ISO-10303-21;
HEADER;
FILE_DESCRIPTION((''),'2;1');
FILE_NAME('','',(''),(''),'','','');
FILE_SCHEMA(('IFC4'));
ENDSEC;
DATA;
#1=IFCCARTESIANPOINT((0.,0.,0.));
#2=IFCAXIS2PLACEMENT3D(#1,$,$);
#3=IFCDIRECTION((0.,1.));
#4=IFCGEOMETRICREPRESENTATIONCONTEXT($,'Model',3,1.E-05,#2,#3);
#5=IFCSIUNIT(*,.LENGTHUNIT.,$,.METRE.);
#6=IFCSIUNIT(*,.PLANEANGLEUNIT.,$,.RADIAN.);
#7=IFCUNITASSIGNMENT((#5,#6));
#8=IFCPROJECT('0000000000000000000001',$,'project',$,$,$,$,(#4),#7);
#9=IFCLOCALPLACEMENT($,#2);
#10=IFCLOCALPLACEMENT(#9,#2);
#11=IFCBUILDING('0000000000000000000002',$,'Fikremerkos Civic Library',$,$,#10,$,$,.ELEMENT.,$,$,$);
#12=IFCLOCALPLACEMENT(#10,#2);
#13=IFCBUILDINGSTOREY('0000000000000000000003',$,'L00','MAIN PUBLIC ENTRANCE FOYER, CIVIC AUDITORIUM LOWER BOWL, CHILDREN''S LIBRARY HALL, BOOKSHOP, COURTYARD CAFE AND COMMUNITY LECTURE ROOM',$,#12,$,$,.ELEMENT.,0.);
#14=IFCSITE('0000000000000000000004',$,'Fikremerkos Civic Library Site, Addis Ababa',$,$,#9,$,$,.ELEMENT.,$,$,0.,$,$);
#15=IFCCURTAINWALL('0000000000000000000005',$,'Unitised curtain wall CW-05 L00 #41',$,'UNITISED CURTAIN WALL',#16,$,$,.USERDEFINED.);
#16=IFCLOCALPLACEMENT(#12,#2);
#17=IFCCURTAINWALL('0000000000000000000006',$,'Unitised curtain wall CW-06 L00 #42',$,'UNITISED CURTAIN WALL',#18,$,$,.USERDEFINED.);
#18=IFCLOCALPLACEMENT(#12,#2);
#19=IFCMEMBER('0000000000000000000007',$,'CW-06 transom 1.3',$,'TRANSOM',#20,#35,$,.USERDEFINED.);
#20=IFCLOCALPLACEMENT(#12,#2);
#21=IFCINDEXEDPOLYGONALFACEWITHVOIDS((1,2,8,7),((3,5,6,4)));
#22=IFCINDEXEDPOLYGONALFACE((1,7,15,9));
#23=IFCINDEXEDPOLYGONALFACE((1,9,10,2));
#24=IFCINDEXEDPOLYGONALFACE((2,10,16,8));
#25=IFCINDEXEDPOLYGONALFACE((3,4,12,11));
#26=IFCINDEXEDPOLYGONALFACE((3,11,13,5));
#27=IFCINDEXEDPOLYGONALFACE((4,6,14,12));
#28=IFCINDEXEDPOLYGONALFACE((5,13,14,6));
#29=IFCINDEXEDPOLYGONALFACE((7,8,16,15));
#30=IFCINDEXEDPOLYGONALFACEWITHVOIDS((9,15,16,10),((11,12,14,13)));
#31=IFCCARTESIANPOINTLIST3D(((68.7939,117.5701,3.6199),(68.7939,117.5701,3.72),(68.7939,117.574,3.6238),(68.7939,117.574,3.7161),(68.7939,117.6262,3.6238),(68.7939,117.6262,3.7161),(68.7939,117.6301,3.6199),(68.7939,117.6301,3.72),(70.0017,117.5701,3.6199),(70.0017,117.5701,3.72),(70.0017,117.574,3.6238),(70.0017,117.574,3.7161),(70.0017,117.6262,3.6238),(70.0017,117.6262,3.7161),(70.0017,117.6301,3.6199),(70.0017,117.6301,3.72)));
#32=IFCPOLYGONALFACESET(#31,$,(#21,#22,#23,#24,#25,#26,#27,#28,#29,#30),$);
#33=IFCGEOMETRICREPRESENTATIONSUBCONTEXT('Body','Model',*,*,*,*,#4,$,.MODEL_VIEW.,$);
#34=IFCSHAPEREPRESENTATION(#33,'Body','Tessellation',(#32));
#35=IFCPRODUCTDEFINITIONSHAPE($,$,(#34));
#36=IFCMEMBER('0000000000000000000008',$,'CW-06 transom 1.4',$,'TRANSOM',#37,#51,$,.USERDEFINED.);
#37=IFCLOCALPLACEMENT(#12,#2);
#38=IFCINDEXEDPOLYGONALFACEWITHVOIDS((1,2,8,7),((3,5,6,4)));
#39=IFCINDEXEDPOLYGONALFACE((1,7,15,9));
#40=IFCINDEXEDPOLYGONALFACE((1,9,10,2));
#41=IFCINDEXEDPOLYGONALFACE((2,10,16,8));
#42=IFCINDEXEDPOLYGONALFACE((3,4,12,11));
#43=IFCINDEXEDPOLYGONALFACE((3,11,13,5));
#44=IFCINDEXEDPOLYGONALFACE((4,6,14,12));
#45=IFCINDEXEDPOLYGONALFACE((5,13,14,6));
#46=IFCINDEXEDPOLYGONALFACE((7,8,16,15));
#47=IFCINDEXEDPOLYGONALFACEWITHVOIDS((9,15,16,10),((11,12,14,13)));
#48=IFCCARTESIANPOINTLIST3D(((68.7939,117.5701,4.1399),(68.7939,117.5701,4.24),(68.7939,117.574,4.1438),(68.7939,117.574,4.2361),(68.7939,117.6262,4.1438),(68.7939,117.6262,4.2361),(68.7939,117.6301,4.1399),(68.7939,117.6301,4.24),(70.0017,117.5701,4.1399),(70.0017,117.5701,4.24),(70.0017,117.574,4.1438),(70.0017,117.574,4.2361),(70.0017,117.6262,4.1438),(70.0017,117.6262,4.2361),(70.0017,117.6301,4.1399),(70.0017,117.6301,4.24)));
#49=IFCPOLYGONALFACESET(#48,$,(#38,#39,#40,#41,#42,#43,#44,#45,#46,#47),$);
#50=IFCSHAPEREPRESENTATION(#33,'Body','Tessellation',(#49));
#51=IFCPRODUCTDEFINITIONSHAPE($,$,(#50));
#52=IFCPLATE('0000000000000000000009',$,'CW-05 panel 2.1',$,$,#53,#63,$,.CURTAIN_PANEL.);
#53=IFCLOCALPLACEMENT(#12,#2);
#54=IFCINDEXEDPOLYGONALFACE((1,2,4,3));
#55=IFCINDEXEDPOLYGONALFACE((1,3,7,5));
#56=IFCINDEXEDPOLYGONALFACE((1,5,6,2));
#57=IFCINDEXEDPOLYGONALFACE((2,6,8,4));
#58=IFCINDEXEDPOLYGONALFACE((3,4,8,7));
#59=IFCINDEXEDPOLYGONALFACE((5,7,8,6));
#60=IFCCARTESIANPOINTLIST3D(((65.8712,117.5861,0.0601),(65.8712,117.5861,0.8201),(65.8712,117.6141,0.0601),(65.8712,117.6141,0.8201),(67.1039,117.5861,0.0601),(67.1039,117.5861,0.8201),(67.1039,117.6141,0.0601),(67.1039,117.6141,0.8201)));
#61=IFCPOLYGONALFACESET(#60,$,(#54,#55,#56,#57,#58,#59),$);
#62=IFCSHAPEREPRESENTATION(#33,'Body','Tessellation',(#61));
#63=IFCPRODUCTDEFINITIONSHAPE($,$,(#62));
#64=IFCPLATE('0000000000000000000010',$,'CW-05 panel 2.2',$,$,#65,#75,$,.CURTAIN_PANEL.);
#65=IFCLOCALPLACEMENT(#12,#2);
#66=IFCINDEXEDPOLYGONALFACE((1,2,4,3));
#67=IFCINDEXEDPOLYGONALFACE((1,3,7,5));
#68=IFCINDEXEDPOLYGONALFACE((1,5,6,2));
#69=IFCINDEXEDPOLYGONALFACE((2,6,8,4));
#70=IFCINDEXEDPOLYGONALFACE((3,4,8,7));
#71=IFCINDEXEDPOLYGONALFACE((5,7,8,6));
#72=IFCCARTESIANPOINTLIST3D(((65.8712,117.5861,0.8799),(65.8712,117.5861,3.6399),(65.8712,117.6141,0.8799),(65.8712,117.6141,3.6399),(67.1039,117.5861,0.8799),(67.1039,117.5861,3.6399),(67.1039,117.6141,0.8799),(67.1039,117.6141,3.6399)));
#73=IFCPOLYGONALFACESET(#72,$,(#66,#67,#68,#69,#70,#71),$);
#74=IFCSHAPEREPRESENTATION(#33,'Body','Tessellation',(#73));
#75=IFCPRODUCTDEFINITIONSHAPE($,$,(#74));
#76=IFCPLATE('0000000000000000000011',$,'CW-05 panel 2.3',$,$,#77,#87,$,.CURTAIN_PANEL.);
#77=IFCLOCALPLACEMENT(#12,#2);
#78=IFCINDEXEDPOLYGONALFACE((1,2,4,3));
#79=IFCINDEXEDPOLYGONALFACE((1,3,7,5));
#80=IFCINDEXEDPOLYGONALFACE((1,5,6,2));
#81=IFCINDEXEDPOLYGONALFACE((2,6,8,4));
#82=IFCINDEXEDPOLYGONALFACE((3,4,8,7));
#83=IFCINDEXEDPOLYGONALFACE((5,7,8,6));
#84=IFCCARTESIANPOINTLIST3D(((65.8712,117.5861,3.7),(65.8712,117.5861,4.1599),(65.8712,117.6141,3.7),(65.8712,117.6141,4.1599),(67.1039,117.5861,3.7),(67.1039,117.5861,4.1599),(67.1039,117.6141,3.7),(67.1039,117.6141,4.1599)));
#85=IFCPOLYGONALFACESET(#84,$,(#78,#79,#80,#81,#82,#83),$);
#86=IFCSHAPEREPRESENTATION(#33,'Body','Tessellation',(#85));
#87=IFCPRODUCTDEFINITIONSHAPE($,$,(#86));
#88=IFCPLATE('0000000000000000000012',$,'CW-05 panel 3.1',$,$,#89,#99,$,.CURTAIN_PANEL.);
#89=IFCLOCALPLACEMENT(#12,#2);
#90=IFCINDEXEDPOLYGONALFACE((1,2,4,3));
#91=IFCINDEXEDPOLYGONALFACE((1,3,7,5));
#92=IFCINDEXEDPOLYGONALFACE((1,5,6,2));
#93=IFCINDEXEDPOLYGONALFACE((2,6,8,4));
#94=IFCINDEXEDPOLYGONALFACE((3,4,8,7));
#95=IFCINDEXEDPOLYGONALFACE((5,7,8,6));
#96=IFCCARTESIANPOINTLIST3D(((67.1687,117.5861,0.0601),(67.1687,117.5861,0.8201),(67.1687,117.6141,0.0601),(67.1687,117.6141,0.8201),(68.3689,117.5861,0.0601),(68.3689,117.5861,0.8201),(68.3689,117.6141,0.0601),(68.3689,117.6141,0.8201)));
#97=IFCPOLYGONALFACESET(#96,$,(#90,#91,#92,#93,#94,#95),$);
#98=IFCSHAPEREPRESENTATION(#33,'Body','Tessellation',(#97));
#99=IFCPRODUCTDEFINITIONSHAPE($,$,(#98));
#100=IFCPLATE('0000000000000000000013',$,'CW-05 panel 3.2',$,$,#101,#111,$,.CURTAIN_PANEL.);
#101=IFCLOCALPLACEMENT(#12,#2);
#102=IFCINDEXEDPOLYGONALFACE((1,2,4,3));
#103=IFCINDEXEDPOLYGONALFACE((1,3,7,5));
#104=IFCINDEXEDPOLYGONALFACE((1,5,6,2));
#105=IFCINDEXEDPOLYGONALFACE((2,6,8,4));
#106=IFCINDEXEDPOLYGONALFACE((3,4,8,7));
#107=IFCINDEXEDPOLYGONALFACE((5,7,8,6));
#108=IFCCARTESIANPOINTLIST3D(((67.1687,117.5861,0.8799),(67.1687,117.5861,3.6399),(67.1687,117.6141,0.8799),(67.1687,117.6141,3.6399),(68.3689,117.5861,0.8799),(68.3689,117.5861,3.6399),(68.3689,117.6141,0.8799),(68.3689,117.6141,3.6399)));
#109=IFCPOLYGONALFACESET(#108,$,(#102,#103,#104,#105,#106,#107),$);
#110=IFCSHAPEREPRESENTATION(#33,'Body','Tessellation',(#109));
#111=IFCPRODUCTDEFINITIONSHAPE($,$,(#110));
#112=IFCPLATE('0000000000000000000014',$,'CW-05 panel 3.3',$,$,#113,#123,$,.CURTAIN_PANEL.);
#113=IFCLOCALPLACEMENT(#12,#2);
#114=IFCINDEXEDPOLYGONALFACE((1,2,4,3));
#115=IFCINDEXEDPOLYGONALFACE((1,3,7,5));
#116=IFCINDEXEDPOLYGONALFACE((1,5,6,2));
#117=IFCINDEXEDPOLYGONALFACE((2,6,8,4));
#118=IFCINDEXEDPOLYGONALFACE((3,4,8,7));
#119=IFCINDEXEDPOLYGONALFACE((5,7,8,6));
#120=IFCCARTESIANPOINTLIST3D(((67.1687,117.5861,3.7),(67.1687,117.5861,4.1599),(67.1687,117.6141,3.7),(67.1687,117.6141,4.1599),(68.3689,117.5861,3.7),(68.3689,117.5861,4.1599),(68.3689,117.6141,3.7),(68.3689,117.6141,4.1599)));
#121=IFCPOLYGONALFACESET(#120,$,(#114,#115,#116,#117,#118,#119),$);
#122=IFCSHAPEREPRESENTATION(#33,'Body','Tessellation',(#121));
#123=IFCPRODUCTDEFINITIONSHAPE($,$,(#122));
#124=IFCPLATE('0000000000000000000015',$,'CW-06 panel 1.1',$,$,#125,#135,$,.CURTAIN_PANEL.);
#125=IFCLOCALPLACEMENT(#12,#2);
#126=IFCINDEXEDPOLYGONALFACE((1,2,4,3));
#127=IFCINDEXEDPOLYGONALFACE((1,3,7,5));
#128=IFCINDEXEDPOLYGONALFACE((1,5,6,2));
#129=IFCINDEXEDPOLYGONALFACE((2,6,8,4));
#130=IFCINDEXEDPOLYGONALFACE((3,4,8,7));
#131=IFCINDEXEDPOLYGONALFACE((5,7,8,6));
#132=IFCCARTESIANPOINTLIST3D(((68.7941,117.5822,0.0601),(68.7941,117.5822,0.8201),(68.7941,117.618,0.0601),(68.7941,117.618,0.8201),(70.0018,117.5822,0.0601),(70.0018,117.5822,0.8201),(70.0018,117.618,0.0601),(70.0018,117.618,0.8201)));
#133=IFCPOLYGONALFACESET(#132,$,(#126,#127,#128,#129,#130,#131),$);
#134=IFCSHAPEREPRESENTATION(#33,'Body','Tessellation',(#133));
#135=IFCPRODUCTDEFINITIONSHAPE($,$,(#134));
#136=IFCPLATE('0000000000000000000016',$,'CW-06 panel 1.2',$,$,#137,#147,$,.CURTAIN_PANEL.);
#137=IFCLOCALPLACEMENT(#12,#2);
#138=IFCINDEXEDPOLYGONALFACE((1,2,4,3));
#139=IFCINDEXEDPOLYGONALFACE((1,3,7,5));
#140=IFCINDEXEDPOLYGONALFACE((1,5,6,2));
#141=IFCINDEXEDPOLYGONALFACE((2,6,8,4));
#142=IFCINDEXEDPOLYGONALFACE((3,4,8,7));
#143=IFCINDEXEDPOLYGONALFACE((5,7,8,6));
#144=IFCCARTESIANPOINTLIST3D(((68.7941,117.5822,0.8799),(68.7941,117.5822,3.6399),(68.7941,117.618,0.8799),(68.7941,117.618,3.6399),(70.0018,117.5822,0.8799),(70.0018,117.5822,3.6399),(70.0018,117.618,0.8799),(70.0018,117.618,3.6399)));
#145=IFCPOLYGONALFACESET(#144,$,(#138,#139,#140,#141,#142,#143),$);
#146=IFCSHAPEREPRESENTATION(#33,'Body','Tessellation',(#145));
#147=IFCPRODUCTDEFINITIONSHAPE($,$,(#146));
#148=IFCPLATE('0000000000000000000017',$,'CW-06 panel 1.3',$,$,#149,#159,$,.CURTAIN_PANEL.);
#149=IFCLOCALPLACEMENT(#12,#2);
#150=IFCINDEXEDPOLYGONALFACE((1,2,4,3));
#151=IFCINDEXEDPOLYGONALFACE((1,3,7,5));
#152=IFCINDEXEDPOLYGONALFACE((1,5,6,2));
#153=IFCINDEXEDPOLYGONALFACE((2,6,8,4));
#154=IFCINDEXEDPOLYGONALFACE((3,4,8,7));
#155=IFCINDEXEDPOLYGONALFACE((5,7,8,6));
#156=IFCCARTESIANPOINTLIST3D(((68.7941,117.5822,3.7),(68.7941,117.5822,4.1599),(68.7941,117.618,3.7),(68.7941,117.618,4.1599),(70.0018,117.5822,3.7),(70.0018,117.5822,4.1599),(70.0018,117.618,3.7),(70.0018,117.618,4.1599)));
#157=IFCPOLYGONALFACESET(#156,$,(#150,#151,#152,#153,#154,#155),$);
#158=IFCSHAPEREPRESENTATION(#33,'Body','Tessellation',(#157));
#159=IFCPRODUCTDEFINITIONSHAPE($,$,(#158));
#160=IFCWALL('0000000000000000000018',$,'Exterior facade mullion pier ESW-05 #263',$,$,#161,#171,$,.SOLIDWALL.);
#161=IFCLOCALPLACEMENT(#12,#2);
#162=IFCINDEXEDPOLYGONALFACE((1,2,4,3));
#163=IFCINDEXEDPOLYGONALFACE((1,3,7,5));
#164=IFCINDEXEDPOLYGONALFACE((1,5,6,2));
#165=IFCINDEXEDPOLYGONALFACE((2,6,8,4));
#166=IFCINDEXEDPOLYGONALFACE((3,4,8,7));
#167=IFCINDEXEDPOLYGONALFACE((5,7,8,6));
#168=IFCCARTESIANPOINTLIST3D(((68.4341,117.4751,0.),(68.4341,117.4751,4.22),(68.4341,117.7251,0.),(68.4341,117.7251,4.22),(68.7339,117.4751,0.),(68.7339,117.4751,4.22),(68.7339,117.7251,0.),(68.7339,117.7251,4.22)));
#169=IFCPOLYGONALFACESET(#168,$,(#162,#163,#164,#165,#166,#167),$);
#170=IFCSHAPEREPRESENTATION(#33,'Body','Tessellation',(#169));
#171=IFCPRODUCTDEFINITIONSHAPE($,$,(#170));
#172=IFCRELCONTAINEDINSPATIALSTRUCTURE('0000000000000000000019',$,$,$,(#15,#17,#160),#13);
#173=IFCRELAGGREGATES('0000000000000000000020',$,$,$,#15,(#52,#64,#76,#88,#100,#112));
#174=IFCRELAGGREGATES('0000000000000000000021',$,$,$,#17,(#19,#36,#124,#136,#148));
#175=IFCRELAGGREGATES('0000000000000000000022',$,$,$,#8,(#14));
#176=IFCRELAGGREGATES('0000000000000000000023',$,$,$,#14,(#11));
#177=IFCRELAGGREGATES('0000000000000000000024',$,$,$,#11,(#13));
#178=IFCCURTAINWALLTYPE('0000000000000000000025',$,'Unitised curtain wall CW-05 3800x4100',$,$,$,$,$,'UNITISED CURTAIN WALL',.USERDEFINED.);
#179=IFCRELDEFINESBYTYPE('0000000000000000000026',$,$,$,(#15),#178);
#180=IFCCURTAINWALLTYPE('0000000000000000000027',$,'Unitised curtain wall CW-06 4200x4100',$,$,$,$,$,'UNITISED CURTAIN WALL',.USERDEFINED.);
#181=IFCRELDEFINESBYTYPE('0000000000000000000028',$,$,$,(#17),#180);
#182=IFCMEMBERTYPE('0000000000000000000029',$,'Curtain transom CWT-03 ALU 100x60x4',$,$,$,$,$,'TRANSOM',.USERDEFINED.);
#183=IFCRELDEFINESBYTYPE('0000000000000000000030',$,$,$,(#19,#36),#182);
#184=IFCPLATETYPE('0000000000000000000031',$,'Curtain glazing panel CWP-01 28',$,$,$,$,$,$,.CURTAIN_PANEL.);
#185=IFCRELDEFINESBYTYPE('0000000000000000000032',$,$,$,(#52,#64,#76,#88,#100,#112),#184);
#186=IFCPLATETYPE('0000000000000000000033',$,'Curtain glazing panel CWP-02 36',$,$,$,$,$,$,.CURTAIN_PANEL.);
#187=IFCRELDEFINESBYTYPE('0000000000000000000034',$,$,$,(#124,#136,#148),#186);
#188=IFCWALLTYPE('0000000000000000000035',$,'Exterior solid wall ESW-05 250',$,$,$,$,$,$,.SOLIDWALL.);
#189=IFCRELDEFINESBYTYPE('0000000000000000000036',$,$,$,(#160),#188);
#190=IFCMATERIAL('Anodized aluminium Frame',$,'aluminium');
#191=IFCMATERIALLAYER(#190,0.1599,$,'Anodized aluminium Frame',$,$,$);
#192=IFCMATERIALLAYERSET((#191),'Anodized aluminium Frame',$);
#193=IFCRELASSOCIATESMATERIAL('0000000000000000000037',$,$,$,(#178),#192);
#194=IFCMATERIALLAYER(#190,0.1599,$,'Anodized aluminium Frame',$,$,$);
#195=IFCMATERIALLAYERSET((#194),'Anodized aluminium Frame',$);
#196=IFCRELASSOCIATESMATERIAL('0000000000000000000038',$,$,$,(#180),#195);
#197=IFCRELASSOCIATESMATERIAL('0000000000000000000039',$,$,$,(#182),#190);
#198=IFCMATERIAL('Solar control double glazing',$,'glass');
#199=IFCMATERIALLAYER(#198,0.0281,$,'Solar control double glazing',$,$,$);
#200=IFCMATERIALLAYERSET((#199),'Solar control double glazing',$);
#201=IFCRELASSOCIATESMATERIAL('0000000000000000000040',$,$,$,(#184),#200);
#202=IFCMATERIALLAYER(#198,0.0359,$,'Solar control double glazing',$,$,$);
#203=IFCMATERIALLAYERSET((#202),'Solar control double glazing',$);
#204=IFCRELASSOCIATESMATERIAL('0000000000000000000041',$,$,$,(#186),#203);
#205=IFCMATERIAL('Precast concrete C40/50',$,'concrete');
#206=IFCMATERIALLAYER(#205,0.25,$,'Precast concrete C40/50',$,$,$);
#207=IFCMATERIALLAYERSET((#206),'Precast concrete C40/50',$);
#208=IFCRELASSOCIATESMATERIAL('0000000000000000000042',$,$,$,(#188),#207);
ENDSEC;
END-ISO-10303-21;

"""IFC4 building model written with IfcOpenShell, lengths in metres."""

from ifc_helpers import new_model, si_unit, direction, frame, frame_2d, origin, origin_2d, place, context, subcontext, project, spatial, rectangle, hollow_rectangle, extrude, material, layer, layer_set, material_profile, profile_set, type_object, element, aggregate, save


model = new_model("IFC4")

# Units and contexts
model_context = context("Model", 3, precision=1e-05, world=origin(), true_north=direction((0.0, 1.0)))
body_context = subcontext(model_context, "Body", "Model", "MODEL_VIEW")
ifc_project = project(units=[si_unit("LENGTHUNIT", "METRE"), si_unit("PLANEANGLEUNIT", "RADIAN")], contexts=[model_context])

# Site, building, storey
site_placement = place(None, origin())
site = spatial("IfcSite", under=ifc_project, at=site_placement, Name="Fikremerkos Civic Library Site, Addis Ababa", CompositionType="ELEMENT", RefElevation=0.0)
building_placement = place(site_placement, origin())
building = spatial("IfcBuilding", under=site, at=building_placement, Name="Fikremerkos Civic Library", CompositionType="ELEMENT")
storey_placement = place(building_placement, origin())
storey = spatial("IfcBuildingStorey", under=building, at=storey_placement, Name="L00", Description="MAIN PUBLIC ENTRANCE FOYER, CIVIC AUDITORIUM LOWER BOWL, CHILDREN'S LIBRARY HALL, BOOKSHOP, COURTYARD CAFE AND COMMUNITY LECTURE ROOM", CompositionType="ELEMENT", Elevation=0.0)

# Curtain wall
ifc_material_1 = material(Name="Anodized aluminium Frame", Category="aluminium")
ifc_layer_1 = layer(ifc_material_1, 0.1599, Name="Anodized aluminium Frame")
ifc_layer_set_1 = layer_set([ifc_layer_1], Name="Anodized aluminium Frame")
curtain_wall_type_1 = type_object("IfcCurtainWallType", Name="Unitised curtain wall CW-05 3800x4100", ElementType="UNITISED CURTAIN WALL", PredefinedType="USERDEFINED", material=ifc_layer_set_1)
curtain_wall_1_placement = place(storey_placement, origin())
curtain_wall_1 = element("IfcCurtainWall", 1, at=curtain_wall_1_placement, inside=storey, type_object=curtain_wall_type_1, Name="Unitised curtain wall CW-05 L00 #41", ObjectType="UNITISED CURTAIN WALL", PredefinedType="USERDEFINED")

# Curtain wall
ifc_layer_2 = layer(ifc_material_1, 0.1599, Name="Anodized aluminium Frame")
ifc_layer_set_2 = layer_set([ifc_layer_2], Name="Anodized aluminium Frame")
curtain_wall_type_2 = type_object("IfcCurtainWallType", Name="Unitised curtain wall CW-06 4200x4100", ElementType="UNITISED CURTAIN WALL", PredefinedType="USERDEFINED", material=ifc_layer_set_2)
curtain_wall_2_placement = place(storey_placement, origin())
curtain_wall_2 = element("IfcCurtainWall", 2, at=curtain_wall_2_placement, inside=storey, type_object=curtain_wall_type_2, Name="Unitised curtain wall CW-06 L00 #42", ObjectType="UNITISED CURTAIN WALL", PredefinedType="USERDEFINED")

# Members
ifc_material_profile_1 = material_profile(ifc_material_1, hollow_rectangle(XDim=0.0601, YDim=0.1001, WallThickness=0.0039, at=origin_2d()), Name="ALU 100x60x4")
ifc_profile_set_1 = profile_set([ifc_material_profile_1], Name="Anodized aluminium Frame")
member_type_1 = type_object("IfcMemberType", Name="Curtain transom CWT-03 ALU 100x60x4", ElementType="TRANSOM", PredefinedType="USERDEFINED", material=ifc_profile_set_1)
member_1_placement = place(storey_placement, frame((68.7939, 117.6001, 3.6699), z_axis=(1.0, 0.0, 0.0), x_axis=(0.0, 1.0, 0.0)))
member_1 = element("IfcMember", 3, at=member_1_placement, type_object=member_type_1, Name="CW-06 transom 1.3", ObjectType="TRANSOM", PredefinedType="USERDEFINED", context=body_context, shape_type="SweptSolid", body=[
    extrude(hollow_rectangle(XDim=0.0601, YDim=0.1001, WallThickness=0.0039, at=origin_2d()), origin(), (0.0, 0.0, 1.0), 1.2078),
])
member_2_placement = place(storey_placement, frame((68.7939, 117.6001, 4.1899), z_axis=(1.0, 0.0, 0.0), x_axis=(0.0, 1.0, 0.0)))
member_2 = element("IfcMember", 4, at=member_2_placement, type_object=member_type_1, Name="CW-06 transom 1.4", ObjectType="TRANSOM", PredefinedType="USERDEFINED", context=body_context, shape_type="SweptSolid", body=[
    extrude(hollow_rectangle(XDim=0.0601, YDim=0.1001, WallThickness=0.0039, at=origin_2d()), origin(), (0.0, 0.0, 1.0), 1.2078),
])

# Plates
ifc_material_2 = material(Name="Solar control double glazing", Category="glass")
ifc_layer_3 = layer(ifc_material_2, 0.0281, Name="Solar control double glazing")
ifc_layer_set_3 = layer_set([ifc_layer_3], Name="Solar control double glazing")
plate_type_1 = type_object("IfcPlateType", Name="Curtain glazing panel CWP-01 28", PredefinedType="CURTAIN_PANEL", material=ifc_layer_set_3)
plate_1_placement = place(storey_placement, frame((66.4875, 117.6001, 0.0601), z_axis=(0.0, 0.0, 1.0), x_axis=(1.0, 0.0, 0.0)))
plate_1 = element("IfcPlate", 5, at=plate_1_placement, type_object=plate_type_1, Name="CW-05 panel 2.1", PredefinedType="CURTAIN_PANEL", context=body_context, shape_type="SweptSolid", body=[
    extrude(rectangle(XDim=1.2327, YDim=0.0281, at=origin_2d()), origin(), (0.0, 0.0, 1.0), 0.76),
])
plate_2_placement = place(storey_placement, frame((66.4875, 117.6001, 0.8799), z_axis=(0.0, 0.0, 1.0), x_axis=(1.0, 0.0, 0.0)))
plate_2 = element("IfcPlate", 6, at=plate_2_placement, type_object=plate_type_1, Name="CW-05 panel 2.2", PredefinedType="CURTAIN_PANEL", context=body_context, shape_type="SweptSolid", body=[
    extrude(rectangle(XDim=1.2327, YDim=0.0281, at=origin_2d()), origin(), (0.0, 0.0, 1.0), 2.76),
])
plate_3_placement = place(storey_placement, frame((66.4875, 117.6001, 3.7), z_axis=(0.0, 0.0, 1.0), x_axis=(1.0, 0.0, 0.0)))
plate_3 = element("IfcPlate", 7, at=plate_3_placement, type_object=plate_type_1, Name="CW-05 panel 2.3", PredefinedType="CURTAIN_PANEL", context=body_context, shape_type="SweptSolid", body=[
    extrude(rectangle(XDim=1.2327, YDim=0.0281, at=origin_2d()), origin(), (0.0, 0.0, 1.0), 0.46),
])
plate_4_placement = place(storey_placement, frame((67.7688, 117.6001, 0.0601), z_axis=(0.0, 0.0, 1.0), x_axis=(1.0, 0.0, 0.0)))
plate_4 = element("IfcPlate", 8, at=plate_4_placement, type_object=plate_type_1, Name="CW-05 panel 3.1", PredefinedType="CURTAIN_PANEL", context=body_context, shape_type="SweptSolid", body=[
    extrude(rectangle(XDim=1.2002, YDim=0.0281, at=origin_2d()), origin(), (0.0, 0.0, 1.0), 0.76),
])
plate_5_placement = place(storey_placement, frame((67.7688, 117.6001, 0.8799), z_axis=(0.0, 0.0, 1.0), x_axis=(1.0, 0.0, 0.0)))
plate_5 = element("IfcPlate", 9, at=plate_5_placement, type_object=plate_type_1, Name="CW-05 panel 3.2", PredefinedType="CURTAIN_PANEL", context=body_context, shape_type="SweptSolid", body=[
    extrude(rectangle(XDim=1.2002, YDim=0.0281, at=origin_2d()), origin(), (0.0, 0.0, 1.0), 2.76),
])
plate_6_placement = place(storey_placement, frame((67.7688, 117.6001, 3.7), z_axis=(0.0, 0.0, 1.0), x_axis=(1.0, 0.0, 0.0)))
plate_6 = element("IfcPlate", 10, at=plate_6_placement, type_object=plate_type_1, Name="CW-05 panel 3.3", PredefinedType="CURTAIN_PANEL", context=body_context, shape_type="SweptSolid", body=[
    extrude(rectangle(XDim=1.2002, YDim=0.0281, at=origin_2d()), origin(), (0.0, 0.0, 1.0), 0.46),
])
aggregate(curtain_wall_1, [plate_1, plate_2, plate_3, plate_4, plate_5, plate_6])
ifc_layer_4 = layer(ifc_material_2, 0.0359, Name="Solar control double glazing")
ifc_layer_set_4 = layer_set([ifc_layer_4], Name="Solar control double glazing")
plate_type_2 = type_object("IfcPlateType", Name="Curtain glazing panel CWP-02 36", PredefinedType="CURTAIN_PANEL", material=ifc_layer_set_4)
plate_7_placement = place(storey_placement, frame((69.3979, 117.6001, 0.0601), z_axis=(0.0, 0.0, 1.0), x_axis=(1.0, 0.0, 0.0)))
plate_7 = element("IfcPlate", 11, at=plate_7_placement, type_object=plate_type_2, Name="CW-06 panel 1.1", PredefinedType="CURTAIN_PANEL", context=body_context, shape_type="SweptSolid", body=[
    extrude(rectangle(XDim=1.2078, YDim=0.0359, at=origin_2d()), origin(), (0.0, 0.0, 1.0), 0.76),
])
plate_8_placement = place(storey_placement, frame((69.3979, 117.6001, 0.8799), z_axis=(0.0, 0.0, 1.0), x_axis=(1.0, 0.0, 0.0)))
plate_8 = element("IfcPlate", 12, at=plate_8_placement, type_object=plate_type_2, Name="CW-06 panel 1.2", PredefinedType="CURTAIN_PANEL", context=body_context, shape_type="SweptSolid", body=[
    extrude(rectangle(XDim=1.2078, YDim=0.0359, at=origin_2d()), origin(), (0.0, 0.0, 1.0), 2.76),
])
plate_9_placement = place(storey_placement, frame((69.3979, 117.6001, 3.7), z_axis=(0.0, 0.0, 1.0), x_axis=(1.0, 0.0, 0.0)))
plate_9 = element("IfcPlate", 13, at=plate_9_placement, type_object=plate_type_2, Name="CW-06 panel 1.3", PredefinedType="CURTAIN_PANEL", context=body_context, shape_type="SweptSolid", body=[
    extrude(rectangle(XDim=1.2078, YDim=0.0359, at=origin_2d()), origin(), (0.0, 0.0, 1.0), 0.46),
])
aggregate(curtain_wall_2, [member_1, member_2, plate_7, plate_8, plate_9])

# Wall
ifc_material_3 = material(Name="Precast concrete C40/50", Category="concrete")
ifc_layer_5 = layer(ifc_material_3, 0.25, Name="Precast concrete C40/50")
ifc_layer_set_5 = layer_set([ifc_layer_5], Name="Precast concrete C40/50")
wall_type = type_object("IfcWallType", Name="Exterior solid wall ESW-05 250", PredefinedType="SOLIDWALL", material=ifc_layer_set_5)
wall_placement = place(storey_placement, frame((68.4341, 117.6001, 0.0), z_axis=(0.0, 0.0, 1.0), x_axis=(1.0, 0.0, 0.0)))
element("IfcWall", 14, at=wall_placement, inside=storey, type_object=wall_type, Name="Exterior facade mullion pier ESW-05 #263", PredefinedType="SOLIDWALL", context=body_context, shape_type="SweptSolid", body=[
    extrude(rectangle(XDim=0.2998, YDim=0.25, at=frame_2d((0.1499, 0.0))), origin(), (0.0, 0.0, 1.0), 4.22),
])

save(model, "model.ifc")
